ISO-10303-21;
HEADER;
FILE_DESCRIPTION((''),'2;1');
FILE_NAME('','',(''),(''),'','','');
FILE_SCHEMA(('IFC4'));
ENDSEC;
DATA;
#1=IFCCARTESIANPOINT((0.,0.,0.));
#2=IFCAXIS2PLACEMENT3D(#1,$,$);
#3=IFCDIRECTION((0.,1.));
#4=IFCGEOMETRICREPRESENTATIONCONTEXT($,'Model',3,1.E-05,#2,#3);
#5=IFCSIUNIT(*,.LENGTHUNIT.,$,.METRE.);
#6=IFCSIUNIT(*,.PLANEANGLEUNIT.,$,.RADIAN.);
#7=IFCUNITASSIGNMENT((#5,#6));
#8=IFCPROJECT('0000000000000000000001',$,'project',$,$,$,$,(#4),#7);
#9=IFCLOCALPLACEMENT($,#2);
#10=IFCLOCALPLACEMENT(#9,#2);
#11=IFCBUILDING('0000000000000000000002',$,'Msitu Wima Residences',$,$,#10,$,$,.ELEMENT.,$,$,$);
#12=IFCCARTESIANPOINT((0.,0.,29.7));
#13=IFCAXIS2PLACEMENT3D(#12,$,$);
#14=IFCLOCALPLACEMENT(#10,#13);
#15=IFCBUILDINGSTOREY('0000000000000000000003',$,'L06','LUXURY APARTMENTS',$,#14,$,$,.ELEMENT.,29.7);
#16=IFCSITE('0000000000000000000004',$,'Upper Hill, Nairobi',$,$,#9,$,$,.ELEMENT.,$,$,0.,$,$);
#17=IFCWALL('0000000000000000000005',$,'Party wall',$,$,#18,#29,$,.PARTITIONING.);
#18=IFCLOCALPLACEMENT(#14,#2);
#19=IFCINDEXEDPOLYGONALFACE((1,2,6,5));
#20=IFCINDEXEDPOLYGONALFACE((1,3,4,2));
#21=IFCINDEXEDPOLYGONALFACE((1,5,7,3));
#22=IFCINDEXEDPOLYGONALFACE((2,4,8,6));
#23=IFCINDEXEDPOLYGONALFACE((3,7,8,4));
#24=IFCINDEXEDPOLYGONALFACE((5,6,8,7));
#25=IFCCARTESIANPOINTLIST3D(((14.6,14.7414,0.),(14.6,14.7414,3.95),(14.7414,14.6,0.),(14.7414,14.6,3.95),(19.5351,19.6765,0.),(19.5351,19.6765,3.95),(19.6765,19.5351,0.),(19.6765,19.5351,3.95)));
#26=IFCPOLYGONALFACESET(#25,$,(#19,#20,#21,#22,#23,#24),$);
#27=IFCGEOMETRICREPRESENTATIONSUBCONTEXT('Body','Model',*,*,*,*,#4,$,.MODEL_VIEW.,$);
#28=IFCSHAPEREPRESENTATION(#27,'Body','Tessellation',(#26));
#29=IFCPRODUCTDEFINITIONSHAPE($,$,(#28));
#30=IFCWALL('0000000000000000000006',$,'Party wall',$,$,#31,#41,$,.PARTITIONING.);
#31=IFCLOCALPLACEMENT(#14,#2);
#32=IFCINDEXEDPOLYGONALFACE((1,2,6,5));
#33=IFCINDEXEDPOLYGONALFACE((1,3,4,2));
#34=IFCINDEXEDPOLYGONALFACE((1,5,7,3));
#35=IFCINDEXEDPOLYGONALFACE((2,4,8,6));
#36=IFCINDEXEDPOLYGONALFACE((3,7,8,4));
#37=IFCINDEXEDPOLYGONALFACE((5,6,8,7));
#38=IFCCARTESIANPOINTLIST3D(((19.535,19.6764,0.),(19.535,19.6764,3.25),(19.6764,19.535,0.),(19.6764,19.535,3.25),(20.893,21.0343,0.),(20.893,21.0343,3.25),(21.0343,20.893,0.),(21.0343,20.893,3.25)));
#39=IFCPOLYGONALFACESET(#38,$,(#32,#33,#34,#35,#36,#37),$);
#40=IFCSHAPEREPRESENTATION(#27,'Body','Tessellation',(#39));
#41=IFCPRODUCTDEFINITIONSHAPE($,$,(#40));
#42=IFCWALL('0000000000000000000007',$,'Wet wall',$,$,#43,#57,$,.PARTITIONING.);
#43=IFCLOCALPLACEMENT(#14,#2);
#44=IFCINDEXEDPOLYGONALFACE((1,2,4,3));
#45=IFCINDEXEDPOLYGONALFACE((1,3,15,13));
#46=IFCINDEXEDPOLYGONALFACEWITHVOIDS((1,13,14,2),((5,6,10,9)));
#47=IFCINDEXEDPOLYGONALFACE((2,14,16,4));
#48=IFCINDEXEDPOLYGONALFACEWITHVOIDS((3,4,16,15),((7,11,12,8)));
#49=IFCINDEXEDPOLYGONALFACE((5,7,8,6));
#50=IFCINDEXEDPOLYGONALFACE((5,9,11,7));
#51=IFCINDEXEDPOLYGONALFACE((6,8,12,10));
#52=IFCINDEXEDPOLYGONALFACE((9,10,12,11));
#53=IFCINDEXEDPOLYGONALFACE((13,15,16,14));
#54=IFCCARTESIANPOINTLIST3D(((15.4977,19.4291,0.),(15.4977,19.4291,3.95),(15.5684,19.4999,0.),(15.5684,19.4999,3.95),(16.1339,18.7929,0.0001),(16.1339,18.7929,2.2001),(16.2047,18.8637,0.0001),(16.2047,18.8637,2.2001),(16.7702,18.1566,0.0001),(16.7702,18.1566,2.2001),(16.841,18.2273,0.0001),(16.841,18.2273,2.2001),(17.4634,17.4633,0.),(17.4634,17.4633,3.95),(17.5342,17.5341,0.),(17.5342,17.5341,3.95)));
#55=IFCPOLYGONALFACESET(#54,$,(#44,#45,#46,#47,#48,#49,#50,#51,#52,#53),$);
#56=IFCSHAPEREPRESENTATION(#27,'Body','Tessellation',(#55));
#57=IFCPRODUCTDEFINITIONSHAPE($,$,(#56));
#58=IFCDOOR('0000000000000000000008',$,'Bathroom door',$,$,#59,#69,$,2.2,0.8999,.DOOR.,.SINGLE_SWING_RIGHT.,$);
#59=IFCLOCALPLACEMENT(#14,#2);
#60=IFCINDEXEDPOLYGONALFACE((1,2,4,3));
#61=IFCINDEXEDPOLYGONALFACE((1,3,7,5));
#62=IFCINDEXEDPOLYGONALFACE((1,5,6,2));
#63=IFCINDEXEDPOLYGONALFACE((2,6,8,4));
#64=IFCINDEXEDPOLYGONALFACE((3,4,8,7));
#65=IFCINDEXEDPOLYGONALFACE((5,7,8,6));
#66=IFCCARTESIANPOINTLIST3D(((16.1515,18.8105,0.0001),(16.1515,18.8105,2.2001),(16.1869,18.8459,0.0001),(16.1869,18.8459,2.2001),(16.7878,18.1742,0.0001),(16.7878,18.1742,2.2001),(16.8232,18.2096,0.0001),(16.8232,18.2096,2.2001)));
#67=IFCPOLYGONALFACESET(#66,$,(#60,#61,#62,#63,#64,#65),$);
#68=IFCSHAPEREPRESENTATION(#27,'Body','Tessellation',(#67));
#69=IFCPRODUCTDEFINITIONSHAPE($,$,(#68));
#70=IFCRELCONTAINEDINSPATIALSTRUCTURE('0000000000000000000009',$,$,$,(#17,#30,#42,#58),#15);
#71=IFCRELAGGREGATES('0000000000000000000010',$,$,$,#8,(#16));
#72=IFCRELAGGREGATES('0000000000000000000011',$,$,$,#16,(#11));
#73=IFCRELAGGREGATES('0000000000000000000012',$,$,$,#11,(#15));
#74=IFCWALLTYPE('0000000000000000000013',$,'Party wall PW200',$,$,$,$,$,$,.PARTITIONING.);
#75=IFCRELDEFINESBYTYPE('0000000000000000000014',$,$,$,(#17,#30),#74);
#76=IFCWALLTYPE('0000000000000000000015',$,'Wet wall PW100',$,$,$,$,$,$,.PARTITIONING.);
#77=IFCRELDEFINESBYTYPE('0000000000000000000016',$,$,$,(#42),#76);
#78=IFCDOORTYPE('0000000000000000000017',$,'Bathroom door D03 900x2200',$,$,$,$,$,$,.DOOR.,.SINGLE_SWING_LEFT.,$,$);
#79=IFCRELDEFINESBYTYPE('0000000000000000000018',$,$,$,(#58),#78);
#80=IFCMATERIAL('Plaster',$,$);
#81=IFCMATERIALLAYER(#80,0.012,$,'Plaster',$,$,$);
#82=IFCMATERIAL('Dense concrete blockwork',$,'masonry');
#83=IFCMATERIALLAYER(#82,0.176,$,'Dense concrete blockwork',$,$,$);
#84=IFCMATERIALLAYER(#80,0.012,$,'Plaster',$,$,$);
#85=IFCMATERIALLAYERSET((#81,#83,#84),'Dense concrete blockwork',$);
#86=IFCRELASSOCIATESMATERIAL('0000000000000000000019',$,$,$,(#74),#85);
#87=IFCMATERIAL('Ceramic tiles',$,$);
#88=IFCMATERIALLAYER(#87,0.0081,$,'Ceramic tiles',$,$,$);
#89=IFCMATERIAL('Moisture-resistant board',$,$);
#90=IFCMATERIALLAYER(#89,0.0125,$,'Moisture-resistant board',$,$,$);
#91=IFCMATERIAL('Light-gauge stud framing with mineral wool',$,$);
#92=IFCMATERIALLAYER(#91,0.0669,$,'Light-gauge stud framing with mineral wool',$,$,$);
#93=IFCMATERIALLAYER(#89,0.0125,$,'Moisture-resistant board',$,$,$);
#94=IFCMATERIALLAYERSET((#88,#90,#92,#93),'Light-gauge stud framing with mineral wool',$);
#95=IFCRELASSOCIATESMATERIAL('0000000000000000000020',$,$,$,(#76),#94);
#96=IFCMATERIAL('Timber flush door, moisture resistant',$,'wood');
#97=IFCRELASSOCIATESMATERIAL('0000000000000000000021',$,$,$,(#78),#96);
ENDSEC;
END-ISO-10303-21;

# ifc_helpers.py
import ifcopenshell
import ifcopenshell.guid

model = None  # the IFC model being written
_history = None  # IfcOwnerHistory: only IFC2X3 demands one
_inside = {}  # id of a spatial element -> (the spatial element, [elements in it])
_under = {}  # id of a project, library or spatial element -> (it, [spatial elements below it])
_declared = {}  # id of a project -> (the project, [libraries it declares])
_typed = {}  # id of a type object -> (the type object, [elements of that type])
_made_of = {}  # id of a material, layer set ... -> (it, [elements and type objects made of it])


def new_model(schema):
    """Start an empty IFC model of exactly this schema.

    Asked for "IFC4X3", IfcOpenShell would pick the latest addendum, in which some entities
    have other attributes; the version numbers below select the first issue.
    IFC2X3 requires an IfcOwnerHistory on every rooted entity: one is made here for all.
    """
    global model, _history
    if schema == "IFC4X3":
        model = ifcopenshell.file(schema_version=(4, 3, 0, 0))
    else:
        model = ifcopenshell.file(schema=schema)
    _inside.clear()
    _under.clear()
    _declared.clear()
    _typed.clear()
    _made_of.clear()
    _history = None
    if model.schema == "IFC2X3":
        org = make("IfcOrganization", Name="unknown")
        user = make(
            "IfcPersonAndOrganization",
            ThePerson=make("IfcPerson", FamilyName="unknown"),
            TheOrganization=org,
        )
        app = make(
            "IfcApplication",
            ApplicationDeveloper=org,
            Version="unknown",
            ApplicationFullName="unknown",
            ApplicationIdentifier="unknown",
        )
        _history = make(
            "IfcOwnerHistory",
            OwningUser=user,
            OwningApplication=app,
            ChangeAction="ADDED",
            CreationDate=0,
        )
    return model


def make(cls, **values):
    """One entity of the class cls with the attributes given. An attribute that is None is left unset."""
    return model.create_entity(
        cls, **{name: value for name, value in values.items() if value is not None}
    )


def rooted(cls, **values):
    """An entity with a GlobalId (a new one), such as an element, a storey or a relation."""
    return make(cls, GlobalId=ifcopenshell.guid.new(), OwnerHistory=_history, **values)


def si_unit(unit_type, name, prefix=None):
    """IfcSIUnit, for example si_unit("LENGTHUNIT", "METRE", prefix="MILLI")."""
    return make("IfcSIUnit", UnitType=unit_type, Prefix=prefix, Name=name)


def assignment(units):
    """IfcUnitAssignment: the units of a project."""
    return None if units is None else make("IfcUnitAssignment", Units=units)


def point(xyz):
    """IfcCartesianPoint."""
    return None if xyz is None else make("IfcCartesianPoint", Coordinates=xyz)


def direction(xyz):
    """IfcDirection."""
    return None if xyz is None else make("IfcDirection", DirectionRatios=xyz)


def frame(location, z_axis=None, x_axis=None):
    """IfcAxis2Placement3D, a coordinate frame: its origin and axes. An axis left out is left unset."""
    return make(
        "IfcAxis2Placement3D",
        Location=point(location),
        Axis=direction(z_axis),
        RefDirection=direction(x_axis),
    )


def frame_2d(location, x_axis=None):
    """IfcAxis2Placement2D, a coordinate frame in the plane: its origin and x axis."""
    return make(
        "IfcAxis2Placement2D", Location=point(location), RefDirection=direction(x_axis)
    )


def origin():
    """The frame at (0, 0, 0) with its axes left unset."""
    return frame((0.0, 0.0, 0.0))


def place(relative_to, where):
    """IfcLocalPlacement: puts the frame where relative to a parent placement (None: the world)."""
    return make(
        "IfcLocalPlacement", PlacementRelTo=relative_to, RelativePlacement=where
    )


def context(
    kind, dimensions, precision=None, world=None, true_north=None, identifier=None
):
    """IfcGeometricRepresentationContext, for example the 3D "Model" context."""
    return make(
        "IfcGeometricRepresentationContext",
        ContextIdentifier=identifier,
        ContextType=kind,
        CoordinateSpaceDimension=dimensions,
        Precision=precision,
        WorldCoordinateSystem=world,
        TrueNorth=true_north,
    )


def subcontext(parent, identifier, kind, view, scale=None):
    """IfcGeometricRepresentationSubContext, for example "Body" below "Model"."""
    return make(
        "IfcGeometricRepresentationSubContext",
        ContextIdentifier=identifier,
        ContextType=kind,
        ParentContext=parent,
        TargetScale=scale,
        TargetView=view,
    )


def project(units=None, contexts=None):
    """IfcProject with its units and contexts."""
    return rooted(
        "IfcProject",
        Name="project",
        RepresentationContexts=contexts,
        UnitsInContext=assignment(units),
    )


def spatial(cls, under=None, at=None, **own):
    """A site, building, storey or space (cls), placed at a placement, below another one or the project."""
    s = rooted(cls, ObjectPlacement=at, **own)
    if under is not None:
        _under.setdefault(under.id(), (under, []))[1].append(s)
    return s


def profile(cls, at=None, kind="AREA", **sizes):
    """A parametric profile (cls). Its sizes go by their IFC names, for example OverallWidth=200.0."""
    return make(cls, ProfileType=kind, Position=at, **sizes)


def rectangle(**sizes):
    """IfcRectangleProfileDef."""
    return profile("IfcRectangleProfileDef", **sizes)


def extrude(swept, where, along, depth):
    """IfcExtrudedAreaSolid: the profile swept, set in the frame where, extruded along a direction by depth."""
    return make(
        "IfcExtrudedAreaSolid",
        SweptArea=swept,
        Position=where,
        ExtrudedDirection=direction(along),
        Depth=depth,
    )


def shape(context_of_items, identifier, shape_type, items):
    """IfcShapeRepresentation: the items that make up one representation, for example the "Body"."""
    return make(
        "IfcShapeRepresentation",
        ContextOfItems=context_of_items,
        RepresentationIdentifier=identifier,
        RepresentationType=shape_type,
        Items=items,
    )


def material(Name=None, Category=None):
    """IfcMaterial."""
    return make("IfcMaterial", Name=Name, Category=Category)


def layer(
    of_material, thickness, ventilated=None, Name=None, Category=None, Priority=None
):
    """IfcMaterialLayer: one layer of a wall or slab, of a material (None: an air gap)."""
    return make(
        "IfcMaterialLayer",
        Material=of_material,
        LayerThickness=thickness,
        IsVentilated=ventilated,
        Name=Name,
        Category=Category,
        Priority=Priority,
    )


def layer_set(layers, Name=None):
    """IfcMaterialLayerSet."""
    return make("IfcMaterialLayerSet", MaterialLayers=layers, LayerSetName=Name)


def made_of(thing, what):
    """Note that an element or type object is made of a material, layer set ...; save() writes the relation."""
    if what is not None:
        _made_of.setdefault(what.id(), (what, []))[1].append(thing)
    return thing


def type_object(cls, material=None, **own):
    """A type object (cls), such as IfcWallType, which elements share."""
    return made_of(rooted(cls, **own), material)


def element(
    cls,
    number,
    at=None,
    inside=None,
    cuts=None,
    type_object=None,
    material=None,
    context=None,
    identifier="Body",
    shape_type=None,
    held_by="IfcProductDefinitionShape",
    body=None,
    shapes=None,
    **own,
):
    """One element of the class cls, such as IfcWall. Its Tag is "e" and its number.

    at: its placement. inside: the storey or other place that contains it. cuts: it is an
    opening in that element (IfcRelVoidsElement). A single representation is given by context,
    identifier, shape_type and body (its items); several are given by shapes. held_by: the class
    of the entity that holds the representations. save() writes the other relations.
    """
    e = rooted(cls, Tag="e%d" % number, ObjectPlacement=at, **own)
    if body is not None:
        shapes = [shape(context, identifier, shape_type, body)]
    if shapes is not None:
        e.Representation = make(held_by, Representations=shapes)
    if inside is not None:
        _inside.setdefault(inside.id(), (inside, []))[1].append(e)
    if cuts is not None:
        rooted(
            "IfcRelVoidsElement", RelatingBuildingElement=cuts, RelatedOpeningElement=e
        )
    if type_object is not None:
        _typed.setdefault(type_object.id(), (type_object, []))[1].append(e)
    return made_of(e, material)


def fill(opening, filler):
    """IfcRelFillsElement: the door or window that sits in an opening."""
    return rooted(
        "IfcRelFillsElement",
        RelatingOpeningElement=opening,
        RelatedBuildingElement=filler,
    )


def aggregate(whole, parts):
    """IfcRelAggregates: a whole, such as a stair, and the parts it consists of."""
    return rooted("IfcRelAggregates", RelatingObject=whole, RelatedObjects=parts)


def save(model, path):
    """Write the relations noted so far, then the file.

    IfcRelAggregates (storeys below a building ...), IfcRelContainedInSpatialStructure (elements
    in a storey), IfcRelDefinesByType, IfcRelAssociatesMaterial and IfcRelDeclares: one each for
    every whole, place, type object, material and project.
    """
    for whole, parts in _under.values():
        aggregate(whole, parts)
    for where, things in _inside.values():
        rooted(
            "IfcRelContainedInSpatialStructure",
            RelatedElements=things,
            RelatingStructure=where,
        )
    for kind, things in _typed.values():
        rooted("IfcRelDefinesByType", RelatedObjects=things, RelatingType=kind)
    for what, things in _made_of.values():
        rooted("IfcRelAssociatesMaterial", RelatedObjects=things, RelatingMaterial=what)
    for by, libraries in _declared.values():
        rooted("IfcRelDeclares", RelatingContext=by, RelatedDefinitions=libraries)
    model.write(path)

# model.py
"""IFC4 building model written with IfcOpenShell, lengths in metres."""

from ifc_helpers import new_model, si_unit, direction, frame, frame_2d, origin, place, context, subcontext, project, spatial, rectangle, extrude, material, layer, layer_set, type_object, element, fill, save


model = new_model("IFC4")

# Units and contexts
model_context = context("Model", 3, precision=1e-05, world=origin(), true_north=direction((0.0, 1.0)))
body_context = subcontext(model_context, "Body", "Model", "MODEL_VIEW")
ifc_project = project(units=[si_unit("LENGTHUNIT", "METRE"), si_unit("PLANEANGLEUNIT", "RADIAN")], contexts=[model_context])

# Site, building, storey
site_placement = place(None, origin())
site = spatial("IfcSite", under=ifc_project, at=site_placement, Name="Upper Hill, Nairobi", CompositionType="ELEMENT", RefElevation=0.0)
building_placement = place(site_placement, origin())
building = spatial("IfcBuilding", under=site, at=building_placement, Name="Msitu Wima Residences", CompositionType="ELEMENT")
storey_placement = place(building_placement, frame((0.0, 0.0, 29.7)))
storey = spatial("IfcBuildingStorey", under=building, at=storey_placement, Name="L06", Description="LUXURY APARTMENTS", CompositionType="ELEMENT", Elevation=29.7)

# Shared definitions
ifc_material_1 = material(Name="Plaster")

# Walls
ifc_layer_1 = layer(ifc_material_1, 0.012, Name="Plaster")
ifc_material_2 = material(Name="Dense concrete blockwork", Category="masonry")
ifc_layer_2 = layer(ifc_material_2, 0.176, Name="Dense concrete blockwork")
ifc_layer_3 = layer(ifc_material_1, 0.012, Name="Plaster")
ifc_layer_set_1 = layer_set([ifc_layer_1, ifc_layer_2, ifc_layer_3], Name="Dense concrete blockwork")
wall_type_1 = type_object("IfcWallType", Name="Party wall PW200", PredefinedType="PARTITIONING", material=ifc_layer_set_1)
wall_1_placement = place(storey_placement, frame((14.6707, 14.6707, 0.0), z_axis=(0.0, 0.0, 1.0), x_axis=(0.707107, 0.707107, 0.0)))
element("IfcWall", 1, at=wall_1_placement, inside=storey, type_object=wall_type_1, Name="Party wall", PredefinedType="PARTITIONING", context=body_context, shape_type="SweptSolid", body=[
    extrude(rectangle(XDim=6.9792, YDim=0.2, at=frame_2d((3.4897, 0.0))), origin(), (0.0, 0.0, 1.0), 3.95),
])
wall_2_placement = place(storey_placement, frame((19.6057, 19.6057, 0.0), z_axis=(0.0, 0.0, 1.0), x_axis=(0.707107, 0.707107, 0.0)))
element("IfcWall", 2, at=wall_2_placement, inside=storey, type_object=wall_type_1, Name="Party wall", PredefinedType="PARTITIONING", context=body_context, shape_type="SweptSolid", body=[
    extrude(rectangle(XDim=1.9204, YDim=0.2, at=frame_2d((0.9602, 0.0))), origin(), (0.0, 0.0, 1.0), 3.25),
])

# Wall, opening, door
ifc_material_3 = material(Name="Ceramic tiles")
ifc_layer_4 = layer(ifc_material_3, 0.0081, Name="Ceramic tiles")
ifc_material_4 = material(Name="Moisture-resistant board")
ifc_layer_5 = layer(ifc_material_4, 0.0125, Name="Moisture-resistant board")
ifc_material_5 = material(Name="Light-gauge stud framing with mineral wool")
ifc_layer_6 = layer(ifc_material_5, 0.0669, Name="Light-gauge stud framing with mineral wool")
ifc_layer_7 = layer(ifc_material_4, 0.0125, Name="Moisture-resistant board")
ifc_layer_set_2 = layer_set([ifc_layer_4, ifc_layer_5, ifc_layer_6, ifc_layer_7], Name="Light-gauge stud framing with mineral wool")
wall_type_2 = type_object("IfcWallType", Name="Wet wall PW100", PredefinedType="PARTITIONING", material=ifc_layer_set_2)
wall_3_placement = place(storey_placement, frame((15.533, 19.4646, 0.0), z_axis=(0.0, 0.0, 1.0), x_axis=(0.707107, -0.707107, 0.0)))
wall_3 = element("IfcWall", 3, at=wall_3_placement, inside=storey, type_object=wall_type_2, Name="Wet wall", PredefinedType="PARTITIONING", context=body_context, shape_type="SweptSolid", body=[
    extrude(rectangle(XDim=2.78, YDim=0.1001, at=frame_2d((1.3901, 0.0))), origin(), (0.0, 0.0, 1.0), 3.95),
])
opening_1_placement = place(wall_3_placement, frame((0.8999, 0.0, 0.0)))
opening_1 = element("IfcOpeningElement", 4, at=opening_1_placement, cuts=wall_3, PredefinedType="OPENING", context=body_context, shape_type="SweptSolid", body=[
    extrude(rectangle(XDim=0.8999, YDim=2.2, at=frame_2d((0.45, 1.1001))), frame((0.0, 0.0601, 0.0), z_axis=(0.0, -1.0, 0.0), x_axis=(1.0, 0.0, 0.0)), (0.0, 0.0, 1.0), 0.1201),
])
ifc_material_6 = material(Name="Timber flush door, moisture resistant", Category="wood")
door_type_1 = type_object("IfcDoorType", Name="Bathroom door D03 900x2200", OperationType="SINGLE_SWING_LEFT", PredefinedType="DOOR", material=ifc_material_6)
door_1_placement = place(opening_1_placement, origin())
door_1 = element("IfcDoor", 5, at=door_1_placement, inside=storey, type_object=door_type_1, Name="Bathroom door", OperationType="SINGLE_SWING_RIGHT", OverallHeight=2.2, OverallWidth=0.8999, PredefinedType="DOOR", context=body_context, shape_type="SweptSolid", body=[
    extrude(rectangle(XDim=0.8999, YDim=2.2, at=frame_2d((0.45, 1.1001))), frame((0.0, 0.0249, 0.0), z_axis=(0.0, -1.0, 0.0), x_axis=(1.0, 0.0, 0.0)), (0.0, 0.0, 1.0), 0.05),
])
fill(opening_1, door_1)

save(model, "model.ifc")
